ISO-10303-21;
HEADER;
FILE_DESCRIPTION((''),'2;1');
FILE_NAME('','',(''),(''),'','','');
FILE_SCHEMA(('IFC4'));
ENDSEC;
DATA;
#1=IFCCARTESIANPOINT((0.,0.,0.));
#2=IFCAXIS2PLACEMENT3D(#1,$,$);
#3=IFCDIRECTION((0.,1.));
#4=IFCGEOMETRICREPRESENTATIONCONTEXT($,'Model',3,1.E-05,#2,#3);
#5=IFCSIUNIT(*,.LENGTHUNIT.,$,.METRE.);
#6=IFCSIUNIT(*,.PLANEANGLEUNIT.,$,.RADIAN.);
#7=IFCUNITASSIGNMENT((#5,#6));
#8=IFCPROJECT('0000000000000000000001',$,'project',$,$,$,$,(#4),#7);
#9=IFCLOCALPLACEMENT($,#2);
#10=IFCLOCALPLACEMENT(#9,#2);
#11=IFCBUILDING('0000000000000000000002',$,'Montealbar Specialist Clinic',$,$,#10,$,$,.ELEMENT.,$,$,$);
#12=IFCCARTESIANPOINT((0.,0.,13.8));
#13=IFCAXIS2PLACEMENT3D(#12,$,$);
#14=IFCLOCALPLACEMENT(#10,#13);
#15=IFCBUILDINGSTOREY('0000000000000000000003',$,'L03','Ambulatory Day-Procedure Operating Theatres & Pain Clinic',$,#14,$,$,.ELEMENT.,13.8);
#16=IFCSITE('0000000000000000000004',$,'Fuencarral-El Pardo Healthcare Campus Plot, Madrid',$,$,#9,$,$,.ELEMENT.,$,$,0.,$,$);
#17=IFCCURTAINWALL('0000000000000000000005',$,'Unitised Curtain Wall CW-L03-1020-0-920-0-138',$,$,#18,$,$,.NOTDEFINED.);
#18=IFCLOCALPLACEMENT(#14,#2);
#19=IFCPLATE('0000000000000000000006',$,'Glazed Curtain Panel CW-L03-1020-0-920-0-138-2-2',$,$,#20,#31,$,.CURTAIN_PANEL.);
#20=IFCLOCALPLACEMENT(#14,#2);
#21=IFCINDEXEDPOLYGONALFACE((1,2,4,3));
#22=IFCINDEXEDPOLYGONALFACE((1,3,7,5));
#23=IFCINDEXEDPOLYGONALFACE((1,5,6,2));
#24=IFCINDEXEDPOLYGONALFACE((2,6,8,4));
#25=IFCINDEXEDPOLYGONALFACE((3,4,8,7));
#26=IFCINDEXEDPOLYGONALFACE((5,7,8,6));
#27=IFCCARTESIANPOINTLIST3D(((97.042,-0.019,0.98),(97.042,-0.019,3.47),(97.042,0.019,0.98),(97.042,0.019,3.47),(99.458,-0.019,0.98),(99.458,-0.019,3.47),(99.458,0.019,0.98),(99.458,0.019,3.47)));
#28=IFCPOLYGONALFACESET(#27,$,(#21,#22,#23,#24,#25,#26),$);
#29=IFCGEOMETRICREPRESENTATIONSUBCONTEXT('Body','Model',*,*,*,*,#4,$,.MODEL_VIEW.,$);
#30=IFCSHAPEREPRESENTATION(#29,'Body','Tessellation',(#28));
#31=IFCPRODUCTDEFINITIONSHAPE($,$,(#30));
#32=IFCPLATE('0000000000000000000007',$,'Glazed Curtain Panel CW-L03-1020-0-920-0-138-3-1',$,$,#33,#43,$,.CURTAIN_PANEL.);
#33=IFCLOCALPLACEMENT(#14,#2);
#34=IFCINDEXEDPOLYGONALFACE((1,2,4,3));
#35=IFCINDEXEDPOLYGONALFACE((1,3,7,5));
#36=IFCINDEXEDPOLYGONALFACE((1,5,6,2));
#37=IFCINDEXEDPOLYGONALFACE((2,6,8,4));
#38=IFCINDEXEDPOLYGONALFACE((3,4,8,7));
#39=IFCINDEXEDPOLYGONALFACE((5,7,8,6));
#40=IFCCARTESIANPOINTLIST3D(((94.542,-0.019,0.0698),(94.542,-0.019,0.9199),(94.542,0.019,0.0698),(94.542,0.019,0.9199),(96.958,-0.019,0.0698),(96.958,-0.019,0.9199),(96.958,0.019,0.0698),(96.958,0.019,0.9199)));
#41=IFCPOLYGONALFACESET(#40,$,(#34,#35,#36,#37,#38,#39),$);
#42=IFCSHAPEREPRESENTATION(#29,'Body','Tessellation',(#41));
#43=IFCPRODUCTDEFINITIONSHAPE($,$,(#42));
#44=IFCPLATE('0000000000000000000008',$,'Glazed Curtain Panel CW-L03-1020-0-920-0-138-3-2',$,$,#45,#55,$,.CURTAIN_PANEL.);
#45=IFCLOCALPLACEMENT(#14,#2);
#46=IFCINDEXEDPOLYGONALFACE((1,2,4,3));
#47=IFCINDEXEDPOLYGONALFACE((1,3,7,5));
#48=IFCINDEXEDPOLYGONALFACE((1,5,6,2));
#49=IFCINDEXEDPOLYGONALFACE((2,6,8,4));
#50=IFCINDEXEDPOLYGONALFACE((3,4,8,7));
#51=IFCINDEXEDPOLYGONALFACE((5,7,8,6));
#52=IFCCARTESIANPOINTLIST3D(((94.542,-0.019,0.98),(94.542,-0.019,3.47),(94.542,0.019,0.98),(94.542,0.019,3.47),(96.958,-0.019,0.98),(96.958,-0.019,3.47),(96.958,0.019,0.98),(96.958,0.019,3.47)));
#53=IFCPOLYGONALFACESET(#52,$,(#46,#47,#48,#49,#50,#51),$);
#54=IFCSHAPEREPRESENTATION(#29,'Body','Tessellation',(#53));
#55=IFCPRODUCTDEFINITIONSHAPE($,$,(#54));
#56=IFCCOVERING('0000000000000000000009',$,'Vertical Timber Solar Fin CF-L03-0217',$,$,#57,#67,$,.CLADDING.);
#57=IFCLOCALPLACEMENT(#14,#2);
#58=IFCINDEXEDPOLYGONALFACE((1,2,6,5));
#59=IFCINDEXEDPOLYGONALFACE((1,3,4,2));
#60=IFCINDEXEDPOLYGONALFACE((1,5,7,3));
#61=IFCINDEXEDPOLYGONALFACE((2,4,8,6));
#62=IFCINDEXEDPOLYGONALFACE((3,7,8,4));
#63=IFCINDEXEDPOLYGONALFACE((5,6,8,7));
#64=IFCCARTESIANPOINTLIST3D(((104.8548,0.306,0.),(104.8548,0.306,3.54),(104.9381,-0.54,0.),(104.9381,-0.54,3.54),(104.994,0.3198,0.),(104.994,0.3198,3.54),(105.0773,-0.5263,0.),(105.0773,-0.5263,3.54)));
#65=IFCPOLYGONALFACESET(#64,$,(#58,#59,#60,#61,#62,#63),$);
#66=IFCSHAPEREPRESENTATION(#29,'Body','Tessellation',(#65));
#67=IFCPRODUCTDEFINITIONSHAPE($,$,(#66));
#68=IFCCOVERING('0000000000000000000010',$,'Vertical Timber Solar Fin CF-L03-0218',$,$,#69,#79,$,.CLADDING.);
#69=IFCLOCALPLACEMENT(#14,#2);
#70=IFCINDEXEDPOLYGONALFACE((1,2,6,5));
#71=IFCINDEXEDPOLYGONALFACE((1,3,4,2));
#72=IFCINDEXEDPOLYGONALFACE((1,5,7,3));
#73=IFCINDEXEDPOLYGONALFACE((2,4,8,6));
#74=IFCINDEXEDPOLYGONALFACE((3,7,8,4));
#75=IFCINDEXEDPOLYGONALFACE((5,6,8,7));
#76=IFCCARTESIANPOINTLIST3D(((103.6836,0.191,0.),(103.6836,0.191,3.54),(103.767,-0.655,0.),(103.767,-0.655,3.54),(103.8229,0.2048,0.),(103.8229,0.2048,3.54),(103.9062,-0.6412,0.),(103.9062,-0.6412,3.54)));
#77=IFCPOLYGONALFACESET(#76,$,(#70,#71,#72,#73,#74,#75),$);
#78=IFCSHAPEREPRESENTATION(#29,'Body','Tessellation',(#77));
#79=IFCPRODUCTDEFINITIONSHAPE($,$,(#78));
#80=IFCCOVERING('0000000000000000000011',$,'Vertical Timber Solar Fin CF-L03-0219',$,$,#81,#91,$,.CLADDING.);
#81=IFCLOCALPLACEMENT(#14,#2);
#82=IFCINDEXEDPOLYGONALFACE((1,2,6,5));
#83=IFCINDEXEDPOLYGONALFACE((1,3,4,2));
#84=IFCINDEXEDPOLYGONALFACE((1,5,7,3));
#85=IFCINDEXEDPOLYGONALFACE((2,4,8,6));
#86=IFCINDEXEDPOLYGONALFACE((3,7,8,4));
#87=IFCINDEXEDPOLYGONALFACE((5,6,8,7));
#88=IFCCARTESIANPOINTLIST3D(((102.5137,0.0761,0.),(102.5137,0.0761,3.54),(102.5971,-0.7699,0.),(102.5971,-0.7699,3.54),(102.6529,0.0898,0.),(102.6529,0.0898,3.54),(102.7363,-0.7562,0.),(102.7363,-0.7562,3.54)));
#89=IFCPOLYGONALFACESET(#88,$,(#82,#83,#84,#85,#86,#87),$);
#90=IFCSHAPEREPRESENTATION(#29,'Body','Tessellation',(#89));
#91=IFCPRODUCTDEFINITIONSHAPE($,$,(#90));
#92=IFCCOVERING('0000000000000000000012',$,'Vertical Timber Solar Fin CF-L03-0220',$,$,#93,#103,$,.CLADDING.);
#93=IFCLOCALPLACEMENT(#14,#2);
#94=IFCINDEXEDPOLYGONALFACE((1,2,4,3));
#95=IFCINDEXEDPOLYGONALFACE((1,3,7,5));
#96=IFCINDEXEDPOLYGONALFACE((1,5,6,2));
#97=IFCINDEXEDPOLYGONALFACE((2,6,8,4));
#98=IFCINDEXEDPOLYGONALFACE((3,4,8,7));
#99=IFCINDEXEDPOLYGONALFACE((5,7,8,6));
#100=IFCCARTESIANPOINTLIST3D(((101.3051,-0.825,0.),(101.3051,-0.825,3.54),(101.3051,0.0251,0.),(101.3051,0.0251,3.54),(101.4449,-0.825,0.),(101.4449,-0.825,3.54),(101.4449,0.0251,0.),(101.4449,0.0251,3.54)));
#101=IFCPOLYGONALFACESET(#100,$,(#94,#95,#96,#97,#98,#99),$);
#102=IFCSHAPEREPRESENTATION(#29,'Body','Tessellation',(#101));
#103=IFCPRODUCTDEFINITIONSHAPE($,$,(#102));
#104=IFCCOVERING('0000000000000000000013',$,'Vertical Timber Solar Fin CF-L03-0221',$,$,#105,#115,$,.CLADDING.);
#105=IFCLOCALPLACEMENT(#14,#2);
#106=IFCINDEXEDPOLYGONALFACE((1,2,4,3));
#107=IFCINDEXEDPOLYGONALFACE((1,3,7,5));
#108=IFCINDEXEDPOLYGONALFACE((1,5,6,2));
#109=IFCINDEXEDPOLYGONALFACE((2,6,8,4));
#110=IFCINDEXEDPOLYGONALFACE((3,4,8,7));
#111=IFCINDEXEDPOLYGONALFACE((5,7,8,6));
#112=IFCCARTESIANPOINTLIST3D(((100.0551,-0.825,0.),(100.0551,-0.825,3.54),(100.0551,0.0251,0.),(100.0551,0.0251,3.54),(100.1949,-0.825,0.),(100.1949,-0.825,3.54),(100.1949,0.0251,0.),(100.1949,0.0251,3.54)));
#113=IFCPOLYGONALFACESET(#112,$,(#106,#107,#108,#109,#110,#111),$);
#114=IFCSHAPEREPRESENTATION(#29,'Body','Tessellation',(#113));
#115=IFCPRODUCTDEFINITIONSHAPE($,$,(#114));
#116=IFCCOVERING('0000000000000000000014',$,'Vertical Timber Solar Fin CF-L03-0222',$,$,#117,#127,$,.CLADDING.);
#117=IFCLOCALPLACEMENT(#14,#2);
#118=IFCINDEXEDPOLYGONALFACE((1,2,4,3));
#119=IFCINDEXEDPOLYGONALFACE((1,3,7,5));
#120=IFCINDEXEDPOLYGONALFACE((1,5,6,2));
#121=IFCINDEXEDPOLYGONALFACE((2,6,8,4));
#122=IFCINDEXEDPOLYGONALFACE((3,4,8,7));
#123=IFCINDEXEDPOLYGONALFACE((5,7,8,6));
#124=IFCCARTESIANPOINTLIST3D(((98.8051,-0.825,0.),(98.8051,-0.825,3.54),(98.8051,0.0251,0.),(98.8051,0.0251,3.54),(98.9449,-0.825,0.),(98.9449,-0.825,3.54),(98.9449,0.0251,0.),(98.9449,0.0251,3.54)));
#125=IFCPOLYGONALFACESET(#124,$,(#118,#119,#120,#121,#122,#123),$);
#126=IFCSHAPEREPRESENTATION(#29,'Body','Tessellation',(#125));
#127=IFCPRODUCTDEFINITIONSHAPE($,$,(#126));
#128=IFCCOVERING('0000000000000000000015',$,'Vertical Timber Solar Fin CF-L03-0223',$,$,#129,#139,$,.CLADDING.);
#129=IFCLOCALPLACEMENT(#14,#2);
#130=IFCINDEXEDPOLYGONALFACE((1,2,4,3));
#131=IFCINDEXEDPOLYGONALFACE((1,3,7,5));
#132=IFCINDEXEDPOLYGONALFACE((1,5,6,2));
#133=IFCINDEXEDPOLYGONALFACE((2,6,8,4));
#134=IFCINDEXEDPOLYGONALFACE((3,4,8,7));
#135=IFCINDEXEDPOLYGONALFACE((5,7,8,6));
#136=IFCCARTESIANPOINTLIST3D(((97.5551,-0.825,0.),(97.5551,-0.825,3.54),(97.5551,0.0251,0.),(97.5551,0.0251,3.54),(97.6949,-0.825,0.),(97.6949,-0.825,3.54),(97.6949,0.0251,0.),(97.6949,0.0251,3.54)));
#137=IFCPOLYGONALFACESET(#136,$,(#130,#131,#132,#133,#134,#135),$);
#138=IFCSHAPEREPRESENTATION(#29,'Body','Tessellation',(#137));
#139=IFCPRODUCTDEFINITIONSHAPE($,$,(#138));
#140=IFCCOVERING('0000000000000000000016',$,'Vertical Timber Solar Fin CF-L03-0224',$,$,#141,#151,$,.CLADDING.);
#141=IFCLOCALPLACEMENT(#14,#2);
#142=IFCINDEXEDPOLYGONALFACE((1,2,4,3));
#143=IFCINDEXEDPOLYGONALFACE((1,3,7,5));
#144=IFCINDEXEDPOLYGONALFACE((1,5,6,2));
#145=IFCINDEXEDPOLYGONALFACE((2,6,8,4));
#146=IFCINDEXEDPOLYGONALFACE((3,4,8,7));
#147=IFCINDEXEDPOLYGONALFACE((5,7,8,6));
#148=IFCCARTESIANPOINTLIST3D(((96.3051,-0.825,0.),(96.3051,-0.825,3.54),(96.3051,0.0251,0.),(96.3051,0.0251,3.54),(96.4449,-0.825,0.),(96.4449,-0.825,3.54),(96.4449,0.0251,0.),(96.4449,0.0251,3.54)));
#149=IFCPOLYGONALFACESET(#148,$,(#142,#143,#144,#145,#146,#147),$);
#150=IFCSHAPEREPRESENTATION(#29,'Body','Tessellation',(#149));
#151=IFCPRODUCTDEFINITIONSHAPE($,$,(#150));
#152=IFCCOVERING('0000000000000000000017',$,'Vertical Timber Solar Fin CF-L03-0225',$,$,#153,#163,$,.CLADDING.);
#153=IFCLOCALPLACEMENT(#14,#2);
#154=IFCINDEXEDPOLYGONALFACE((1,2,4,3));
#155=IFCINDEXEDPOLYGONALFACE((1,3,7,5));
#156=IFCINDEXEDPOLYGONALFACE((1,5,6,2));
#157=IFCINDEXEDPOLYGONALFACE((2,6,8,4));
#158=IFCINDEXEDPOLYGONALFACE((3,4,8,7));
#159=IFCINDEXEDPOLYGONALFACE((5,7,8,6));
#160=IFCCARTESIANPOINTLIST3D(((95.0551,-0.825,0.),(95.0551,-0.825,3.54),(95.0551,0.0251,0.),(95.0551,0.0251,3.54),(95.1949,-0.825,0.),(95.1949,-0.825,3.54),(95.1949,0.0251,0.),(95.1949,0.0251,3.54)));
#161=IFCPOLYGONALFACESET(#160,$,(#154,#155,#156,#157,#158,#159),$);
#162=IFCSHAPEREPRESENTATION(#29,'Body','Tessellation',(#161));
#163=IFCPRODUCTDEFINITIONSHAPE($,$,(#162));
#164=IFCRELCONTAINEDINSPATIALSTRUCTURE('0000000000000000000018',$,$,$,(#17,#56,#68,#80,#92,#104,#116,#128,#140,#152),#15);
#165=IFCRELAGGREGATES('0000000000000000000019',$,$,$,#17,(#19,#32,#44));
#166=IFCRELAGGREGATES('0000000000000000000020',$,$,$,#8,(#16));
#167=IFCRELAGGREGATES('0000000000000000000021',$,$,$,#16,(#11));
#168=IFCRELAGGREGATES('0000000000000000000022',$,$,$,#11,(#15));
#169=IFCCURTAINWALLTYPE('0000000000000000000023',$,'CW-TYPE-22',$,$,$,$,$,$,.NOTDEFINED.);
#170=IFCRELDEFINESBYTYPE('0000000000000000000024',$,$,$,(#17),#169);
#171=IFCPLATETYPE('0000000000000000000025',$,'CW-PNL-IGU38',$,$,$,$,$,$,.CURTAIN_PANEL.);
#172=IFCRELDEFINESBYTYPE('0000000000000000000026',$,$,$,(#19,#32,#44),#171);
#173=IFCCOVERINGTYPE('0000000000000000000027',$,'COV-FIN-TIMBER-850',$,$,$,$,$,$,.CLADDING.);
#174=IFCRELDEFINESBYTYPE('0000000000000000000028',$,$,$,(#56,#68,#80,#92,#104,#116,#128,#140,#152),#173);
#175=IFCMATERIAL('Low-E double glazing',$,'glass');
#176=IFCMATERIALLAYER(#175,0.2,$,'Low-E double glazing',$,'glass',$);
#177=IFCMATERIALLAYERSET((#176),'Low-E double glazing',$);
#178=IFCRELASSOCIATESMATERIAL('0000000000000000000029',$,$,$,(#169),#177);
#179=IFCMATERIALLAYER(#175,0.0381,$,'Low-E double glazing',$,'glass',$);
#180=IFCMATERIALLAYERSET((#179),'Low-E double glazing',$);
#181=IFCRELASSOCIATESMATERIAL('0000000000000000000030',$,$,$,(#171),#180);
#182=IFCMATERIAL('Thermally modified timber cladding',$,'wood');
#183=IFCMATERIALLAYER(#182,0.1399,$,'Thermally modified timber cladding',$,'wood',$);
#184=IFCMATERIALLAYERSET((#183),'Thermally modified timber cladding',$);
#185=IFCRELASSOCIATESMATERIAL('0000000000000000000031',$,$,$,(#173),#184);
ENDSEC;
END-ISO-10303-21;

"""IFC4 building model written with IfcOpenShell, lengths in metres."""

from ifc_helpers import new_model, si_unit, direction, frame, origin, origin_2d, place, context, subcontext, project, spatial, rectangle, extrude, material, layer, layer_set, type_object, element, aggregate, save


model = new_model("IFC4")

# Units and contexts
model_context = context("Model", 3, precision=1e-05, world=origin(), true_north=direction((0.0, 1.0)))
body_context = subcontext(model_context, "Body", "Model", "MODEL_VIEW")
ifc_project = project(units=[si_unit("LENGTHUNIT", "METRE"), si_unit("PLANEANGLEUNIT", "RADIAN")], contexts=[model_context])

# Site, building, storey
site_placement = place(None, origin())
site = spatial("IfcSite", under=ifc_project, at=site_placement, Name="Fuencarral-El Pardo Healthcare Campus Plot, Madrid", CompositionType="ELEMENT", RefElevation=0.0)
building_placement = place(site_placement, origin())
building = spatial("IfcBuilding", under=site, at=building_placement, Name="Montealbar Specialist Clinic", CompositionType="ELEMENT")
storey_placement = place(building_placement, frame((0.0, 0.0, 13.8)))
storey = spatial("IfcBuildingStorey", under=building, at=storey_placement, Name="L03", Description="Ambulatory Day-Procedure Operating Theatres & Pain Clinic", CompositionType="ELEMENT", Elevation=13.8)

# Shared definitions
ifc_material_1 = material(Name="Low-E double glazing", Category="glass")

# Curtain wall, plates
ifc_layer_1 = layer(ifc_material_1, 0.2, Name="Low-E double glazing", Category="glass")
ifc_layer_set_1 = layer_set([ifc_layer_1], Name="Low-E double glazing")
curtain_wall_type_1 = type_object("IfcCurtainWallType", Name="CW-TYPE-22", PredefinedType="NOTDEFINED", material=ifc_layer_set_1)
curtain_wall_1_placement = place(storey_placement, origin())
curtain_wall_1 = element("IfcCurtainWall", 1, at=curtain_wall_1_placement, inside=storey, type_object=curtain_wall_type_1, Name="Unitised Curtain Wall CW-L03-1020-0-920-0-138", PredefinedType="NOTDEFINED")
ifc_layer_2 = layer(ifc_material_1, 0.0381, Name="Low-E double glazing", Category="glass")
ifc_layer_set_2 = layer_set([ifc_layer_2], Name="Low-E double glazing")
plate_type = type_object("IfcPlateType", Name="CW-PNL-IGU38", PredefinedType="CURTAIN_PANEL", material=ifc_layer_set_2)
plate_1_placement = place(storey_placement, frame((98.25, 0.0, 0.98), z_axis=(0.0, 0.0, 1.0), x_axis=(-1.0, 0.0, 0.0)))
plate_1 = element("IfcPlate", 2, at=plate_1_placement, type_object=plate_type, Name="Glazed Curtain Panel CW-L03-1020-0-920-0-138-2-2", PredefinedType="CURTAIN_PANEL", context=body_context, shape_type="SweptSolid", body=[
    extrude(rectangle(XDim=2.416, YDim=0.0381, at=origin_2d()), origin(), (0.0, 0.0, 1.0), 2.49),
])
plate_2_placement = place(storey_placement, frame((95.75, 0.0, 0.0698), z_axis=(0.0, 0.0, 1.0), x_axis=(-1.0, 0.0, 0.0)))
plate_2 = element("IfcPlate", 3, at=plate_2_placement, type_object=plate_type, Name="Glazed Curtain Panel CW-L03-1020-0-920-0-138-3-1", PredefinedType="CURTAIN_PANEL", context=body_context, shape_type="SweptSolid", body=[
    extrude(rectangle(XDim=2.416, YDim=0.0381, at=origin_2d()), origin(), (0.0, 0.0, 1.0), 0.8501),
])
plate_3_placement = place(storey_placement, frame((95.75, 0.0, 0.98), z_axis=(0.0, 0.0, 1.0), x_axis=(-1.0, 0.0, 0.0)))
plate_3 = element("IfcPlate", 4, at=plate_3_placement, type_object=plate_type, Name="Glazed Curtain Panel CW-L03-1020-0-920-0-138-3-2", PredefinedType="CURTAIN_PANEL", context=body_context, shape_type="SweptSolid", body=[
    extrude(rectangle(XDim=2.416, YDim=0.0381, at=origin_2d()), origin(), (0.0, 0.0, 1.0), 2.49),
])
aggregate(curtain_wall_1, [plate_1, plate_2, plate_3])

# Coverings
ifc_material_2 = material(Name="Thermally modified timber cladding", Category="wood")
ifc_layer_3 = layer(ifc_material_2, 0.1399, Name="Thermally modified timber cladding", Category="wood")
ifc_layer_set_3 = layer_set([ifc_layer_3], Name="Thermally modified timber cladding")
covering_type = type_object("IfcCoveringType", Name="COV-FIN-TIMBER-850", PredefinedType="CLADDING", material=ifc_layer_set_3)
for number, where, z_axis, x_axis, name in (
    (5, (104.9661, -0.1101, 0.0), (0.0, 0.0, 1.0), (0.098045, -0.995182, 0.0), "Vertical Timber Solar Fin CF-L03-0217"),
    (6, (103.7949, -0.2251, 0.0), (0.0, 0.0, 1.0), (0.098045, -0.995182, 0.0), "Vertical Timber Solar Fin CF-L03-0218"),
    (7, (102.625, -0.3401, 0.0), (0.0, 0.0, 1.0), (0.098045, -0.995182, 0.0), "Vertical Timber Solar Fin CF-L03-0219"),
    (8, (101.375, -0.3999, 0.0), (0.0, 0.0, 1.0), (0.0, -1.0, 0.0), "Vertical Timber Solar Fin CF-L03-0220"),
    (9, (100.125, -0.3999, 0.0), (0.0, 0.0, 1.0), (0.0, -1.0, 0.0), "Vertical Timber Solar Fin CF-L03-0221"),
    (10, (98.875, -0.3999, 0.0), (0.0, 0.0, 1.0), (0.0, -1.0, 0.0), "Vertical Timber Solar Fin CF-L03-0222"),
    (11, (97.625, -0.3999, 0.0), (0.0, 0.0, 1.0), (0.0, -1.0, 0.0), "Vertical Timber Solar Fin CF-L03-0223"),
    (12, (96.375, -0.3999, 0.0), (0.0, 0.0, 1.0), (0.0, -1.0, 0.0), "Vertical Timber Solar Fin CF-L03-0224"),
    (13, (95.125, -0.3999, 0.0), (0.0, 0.0, 1.0), (0.0, -1.0, 0.0), "Vertical Timber Solar Fin CF-L03-0225"),
):
    element("IfcCovering", number, at=place(storey_placement, frame(where, z_axis=z_axis, x_axis=x_axis)), inside=storey, type_object=covering_type, Name=name, PredefinedType="CLADDING", context=body_context, shape_type="SweptSolid", body=[
        extrude(rectangle(XDim=0.8501, YDim=0.1399, at=origin_2d()), origin(), (0.0, 0.0, 1.0), 3.54),
    ])

save(model, "model.ifc")
